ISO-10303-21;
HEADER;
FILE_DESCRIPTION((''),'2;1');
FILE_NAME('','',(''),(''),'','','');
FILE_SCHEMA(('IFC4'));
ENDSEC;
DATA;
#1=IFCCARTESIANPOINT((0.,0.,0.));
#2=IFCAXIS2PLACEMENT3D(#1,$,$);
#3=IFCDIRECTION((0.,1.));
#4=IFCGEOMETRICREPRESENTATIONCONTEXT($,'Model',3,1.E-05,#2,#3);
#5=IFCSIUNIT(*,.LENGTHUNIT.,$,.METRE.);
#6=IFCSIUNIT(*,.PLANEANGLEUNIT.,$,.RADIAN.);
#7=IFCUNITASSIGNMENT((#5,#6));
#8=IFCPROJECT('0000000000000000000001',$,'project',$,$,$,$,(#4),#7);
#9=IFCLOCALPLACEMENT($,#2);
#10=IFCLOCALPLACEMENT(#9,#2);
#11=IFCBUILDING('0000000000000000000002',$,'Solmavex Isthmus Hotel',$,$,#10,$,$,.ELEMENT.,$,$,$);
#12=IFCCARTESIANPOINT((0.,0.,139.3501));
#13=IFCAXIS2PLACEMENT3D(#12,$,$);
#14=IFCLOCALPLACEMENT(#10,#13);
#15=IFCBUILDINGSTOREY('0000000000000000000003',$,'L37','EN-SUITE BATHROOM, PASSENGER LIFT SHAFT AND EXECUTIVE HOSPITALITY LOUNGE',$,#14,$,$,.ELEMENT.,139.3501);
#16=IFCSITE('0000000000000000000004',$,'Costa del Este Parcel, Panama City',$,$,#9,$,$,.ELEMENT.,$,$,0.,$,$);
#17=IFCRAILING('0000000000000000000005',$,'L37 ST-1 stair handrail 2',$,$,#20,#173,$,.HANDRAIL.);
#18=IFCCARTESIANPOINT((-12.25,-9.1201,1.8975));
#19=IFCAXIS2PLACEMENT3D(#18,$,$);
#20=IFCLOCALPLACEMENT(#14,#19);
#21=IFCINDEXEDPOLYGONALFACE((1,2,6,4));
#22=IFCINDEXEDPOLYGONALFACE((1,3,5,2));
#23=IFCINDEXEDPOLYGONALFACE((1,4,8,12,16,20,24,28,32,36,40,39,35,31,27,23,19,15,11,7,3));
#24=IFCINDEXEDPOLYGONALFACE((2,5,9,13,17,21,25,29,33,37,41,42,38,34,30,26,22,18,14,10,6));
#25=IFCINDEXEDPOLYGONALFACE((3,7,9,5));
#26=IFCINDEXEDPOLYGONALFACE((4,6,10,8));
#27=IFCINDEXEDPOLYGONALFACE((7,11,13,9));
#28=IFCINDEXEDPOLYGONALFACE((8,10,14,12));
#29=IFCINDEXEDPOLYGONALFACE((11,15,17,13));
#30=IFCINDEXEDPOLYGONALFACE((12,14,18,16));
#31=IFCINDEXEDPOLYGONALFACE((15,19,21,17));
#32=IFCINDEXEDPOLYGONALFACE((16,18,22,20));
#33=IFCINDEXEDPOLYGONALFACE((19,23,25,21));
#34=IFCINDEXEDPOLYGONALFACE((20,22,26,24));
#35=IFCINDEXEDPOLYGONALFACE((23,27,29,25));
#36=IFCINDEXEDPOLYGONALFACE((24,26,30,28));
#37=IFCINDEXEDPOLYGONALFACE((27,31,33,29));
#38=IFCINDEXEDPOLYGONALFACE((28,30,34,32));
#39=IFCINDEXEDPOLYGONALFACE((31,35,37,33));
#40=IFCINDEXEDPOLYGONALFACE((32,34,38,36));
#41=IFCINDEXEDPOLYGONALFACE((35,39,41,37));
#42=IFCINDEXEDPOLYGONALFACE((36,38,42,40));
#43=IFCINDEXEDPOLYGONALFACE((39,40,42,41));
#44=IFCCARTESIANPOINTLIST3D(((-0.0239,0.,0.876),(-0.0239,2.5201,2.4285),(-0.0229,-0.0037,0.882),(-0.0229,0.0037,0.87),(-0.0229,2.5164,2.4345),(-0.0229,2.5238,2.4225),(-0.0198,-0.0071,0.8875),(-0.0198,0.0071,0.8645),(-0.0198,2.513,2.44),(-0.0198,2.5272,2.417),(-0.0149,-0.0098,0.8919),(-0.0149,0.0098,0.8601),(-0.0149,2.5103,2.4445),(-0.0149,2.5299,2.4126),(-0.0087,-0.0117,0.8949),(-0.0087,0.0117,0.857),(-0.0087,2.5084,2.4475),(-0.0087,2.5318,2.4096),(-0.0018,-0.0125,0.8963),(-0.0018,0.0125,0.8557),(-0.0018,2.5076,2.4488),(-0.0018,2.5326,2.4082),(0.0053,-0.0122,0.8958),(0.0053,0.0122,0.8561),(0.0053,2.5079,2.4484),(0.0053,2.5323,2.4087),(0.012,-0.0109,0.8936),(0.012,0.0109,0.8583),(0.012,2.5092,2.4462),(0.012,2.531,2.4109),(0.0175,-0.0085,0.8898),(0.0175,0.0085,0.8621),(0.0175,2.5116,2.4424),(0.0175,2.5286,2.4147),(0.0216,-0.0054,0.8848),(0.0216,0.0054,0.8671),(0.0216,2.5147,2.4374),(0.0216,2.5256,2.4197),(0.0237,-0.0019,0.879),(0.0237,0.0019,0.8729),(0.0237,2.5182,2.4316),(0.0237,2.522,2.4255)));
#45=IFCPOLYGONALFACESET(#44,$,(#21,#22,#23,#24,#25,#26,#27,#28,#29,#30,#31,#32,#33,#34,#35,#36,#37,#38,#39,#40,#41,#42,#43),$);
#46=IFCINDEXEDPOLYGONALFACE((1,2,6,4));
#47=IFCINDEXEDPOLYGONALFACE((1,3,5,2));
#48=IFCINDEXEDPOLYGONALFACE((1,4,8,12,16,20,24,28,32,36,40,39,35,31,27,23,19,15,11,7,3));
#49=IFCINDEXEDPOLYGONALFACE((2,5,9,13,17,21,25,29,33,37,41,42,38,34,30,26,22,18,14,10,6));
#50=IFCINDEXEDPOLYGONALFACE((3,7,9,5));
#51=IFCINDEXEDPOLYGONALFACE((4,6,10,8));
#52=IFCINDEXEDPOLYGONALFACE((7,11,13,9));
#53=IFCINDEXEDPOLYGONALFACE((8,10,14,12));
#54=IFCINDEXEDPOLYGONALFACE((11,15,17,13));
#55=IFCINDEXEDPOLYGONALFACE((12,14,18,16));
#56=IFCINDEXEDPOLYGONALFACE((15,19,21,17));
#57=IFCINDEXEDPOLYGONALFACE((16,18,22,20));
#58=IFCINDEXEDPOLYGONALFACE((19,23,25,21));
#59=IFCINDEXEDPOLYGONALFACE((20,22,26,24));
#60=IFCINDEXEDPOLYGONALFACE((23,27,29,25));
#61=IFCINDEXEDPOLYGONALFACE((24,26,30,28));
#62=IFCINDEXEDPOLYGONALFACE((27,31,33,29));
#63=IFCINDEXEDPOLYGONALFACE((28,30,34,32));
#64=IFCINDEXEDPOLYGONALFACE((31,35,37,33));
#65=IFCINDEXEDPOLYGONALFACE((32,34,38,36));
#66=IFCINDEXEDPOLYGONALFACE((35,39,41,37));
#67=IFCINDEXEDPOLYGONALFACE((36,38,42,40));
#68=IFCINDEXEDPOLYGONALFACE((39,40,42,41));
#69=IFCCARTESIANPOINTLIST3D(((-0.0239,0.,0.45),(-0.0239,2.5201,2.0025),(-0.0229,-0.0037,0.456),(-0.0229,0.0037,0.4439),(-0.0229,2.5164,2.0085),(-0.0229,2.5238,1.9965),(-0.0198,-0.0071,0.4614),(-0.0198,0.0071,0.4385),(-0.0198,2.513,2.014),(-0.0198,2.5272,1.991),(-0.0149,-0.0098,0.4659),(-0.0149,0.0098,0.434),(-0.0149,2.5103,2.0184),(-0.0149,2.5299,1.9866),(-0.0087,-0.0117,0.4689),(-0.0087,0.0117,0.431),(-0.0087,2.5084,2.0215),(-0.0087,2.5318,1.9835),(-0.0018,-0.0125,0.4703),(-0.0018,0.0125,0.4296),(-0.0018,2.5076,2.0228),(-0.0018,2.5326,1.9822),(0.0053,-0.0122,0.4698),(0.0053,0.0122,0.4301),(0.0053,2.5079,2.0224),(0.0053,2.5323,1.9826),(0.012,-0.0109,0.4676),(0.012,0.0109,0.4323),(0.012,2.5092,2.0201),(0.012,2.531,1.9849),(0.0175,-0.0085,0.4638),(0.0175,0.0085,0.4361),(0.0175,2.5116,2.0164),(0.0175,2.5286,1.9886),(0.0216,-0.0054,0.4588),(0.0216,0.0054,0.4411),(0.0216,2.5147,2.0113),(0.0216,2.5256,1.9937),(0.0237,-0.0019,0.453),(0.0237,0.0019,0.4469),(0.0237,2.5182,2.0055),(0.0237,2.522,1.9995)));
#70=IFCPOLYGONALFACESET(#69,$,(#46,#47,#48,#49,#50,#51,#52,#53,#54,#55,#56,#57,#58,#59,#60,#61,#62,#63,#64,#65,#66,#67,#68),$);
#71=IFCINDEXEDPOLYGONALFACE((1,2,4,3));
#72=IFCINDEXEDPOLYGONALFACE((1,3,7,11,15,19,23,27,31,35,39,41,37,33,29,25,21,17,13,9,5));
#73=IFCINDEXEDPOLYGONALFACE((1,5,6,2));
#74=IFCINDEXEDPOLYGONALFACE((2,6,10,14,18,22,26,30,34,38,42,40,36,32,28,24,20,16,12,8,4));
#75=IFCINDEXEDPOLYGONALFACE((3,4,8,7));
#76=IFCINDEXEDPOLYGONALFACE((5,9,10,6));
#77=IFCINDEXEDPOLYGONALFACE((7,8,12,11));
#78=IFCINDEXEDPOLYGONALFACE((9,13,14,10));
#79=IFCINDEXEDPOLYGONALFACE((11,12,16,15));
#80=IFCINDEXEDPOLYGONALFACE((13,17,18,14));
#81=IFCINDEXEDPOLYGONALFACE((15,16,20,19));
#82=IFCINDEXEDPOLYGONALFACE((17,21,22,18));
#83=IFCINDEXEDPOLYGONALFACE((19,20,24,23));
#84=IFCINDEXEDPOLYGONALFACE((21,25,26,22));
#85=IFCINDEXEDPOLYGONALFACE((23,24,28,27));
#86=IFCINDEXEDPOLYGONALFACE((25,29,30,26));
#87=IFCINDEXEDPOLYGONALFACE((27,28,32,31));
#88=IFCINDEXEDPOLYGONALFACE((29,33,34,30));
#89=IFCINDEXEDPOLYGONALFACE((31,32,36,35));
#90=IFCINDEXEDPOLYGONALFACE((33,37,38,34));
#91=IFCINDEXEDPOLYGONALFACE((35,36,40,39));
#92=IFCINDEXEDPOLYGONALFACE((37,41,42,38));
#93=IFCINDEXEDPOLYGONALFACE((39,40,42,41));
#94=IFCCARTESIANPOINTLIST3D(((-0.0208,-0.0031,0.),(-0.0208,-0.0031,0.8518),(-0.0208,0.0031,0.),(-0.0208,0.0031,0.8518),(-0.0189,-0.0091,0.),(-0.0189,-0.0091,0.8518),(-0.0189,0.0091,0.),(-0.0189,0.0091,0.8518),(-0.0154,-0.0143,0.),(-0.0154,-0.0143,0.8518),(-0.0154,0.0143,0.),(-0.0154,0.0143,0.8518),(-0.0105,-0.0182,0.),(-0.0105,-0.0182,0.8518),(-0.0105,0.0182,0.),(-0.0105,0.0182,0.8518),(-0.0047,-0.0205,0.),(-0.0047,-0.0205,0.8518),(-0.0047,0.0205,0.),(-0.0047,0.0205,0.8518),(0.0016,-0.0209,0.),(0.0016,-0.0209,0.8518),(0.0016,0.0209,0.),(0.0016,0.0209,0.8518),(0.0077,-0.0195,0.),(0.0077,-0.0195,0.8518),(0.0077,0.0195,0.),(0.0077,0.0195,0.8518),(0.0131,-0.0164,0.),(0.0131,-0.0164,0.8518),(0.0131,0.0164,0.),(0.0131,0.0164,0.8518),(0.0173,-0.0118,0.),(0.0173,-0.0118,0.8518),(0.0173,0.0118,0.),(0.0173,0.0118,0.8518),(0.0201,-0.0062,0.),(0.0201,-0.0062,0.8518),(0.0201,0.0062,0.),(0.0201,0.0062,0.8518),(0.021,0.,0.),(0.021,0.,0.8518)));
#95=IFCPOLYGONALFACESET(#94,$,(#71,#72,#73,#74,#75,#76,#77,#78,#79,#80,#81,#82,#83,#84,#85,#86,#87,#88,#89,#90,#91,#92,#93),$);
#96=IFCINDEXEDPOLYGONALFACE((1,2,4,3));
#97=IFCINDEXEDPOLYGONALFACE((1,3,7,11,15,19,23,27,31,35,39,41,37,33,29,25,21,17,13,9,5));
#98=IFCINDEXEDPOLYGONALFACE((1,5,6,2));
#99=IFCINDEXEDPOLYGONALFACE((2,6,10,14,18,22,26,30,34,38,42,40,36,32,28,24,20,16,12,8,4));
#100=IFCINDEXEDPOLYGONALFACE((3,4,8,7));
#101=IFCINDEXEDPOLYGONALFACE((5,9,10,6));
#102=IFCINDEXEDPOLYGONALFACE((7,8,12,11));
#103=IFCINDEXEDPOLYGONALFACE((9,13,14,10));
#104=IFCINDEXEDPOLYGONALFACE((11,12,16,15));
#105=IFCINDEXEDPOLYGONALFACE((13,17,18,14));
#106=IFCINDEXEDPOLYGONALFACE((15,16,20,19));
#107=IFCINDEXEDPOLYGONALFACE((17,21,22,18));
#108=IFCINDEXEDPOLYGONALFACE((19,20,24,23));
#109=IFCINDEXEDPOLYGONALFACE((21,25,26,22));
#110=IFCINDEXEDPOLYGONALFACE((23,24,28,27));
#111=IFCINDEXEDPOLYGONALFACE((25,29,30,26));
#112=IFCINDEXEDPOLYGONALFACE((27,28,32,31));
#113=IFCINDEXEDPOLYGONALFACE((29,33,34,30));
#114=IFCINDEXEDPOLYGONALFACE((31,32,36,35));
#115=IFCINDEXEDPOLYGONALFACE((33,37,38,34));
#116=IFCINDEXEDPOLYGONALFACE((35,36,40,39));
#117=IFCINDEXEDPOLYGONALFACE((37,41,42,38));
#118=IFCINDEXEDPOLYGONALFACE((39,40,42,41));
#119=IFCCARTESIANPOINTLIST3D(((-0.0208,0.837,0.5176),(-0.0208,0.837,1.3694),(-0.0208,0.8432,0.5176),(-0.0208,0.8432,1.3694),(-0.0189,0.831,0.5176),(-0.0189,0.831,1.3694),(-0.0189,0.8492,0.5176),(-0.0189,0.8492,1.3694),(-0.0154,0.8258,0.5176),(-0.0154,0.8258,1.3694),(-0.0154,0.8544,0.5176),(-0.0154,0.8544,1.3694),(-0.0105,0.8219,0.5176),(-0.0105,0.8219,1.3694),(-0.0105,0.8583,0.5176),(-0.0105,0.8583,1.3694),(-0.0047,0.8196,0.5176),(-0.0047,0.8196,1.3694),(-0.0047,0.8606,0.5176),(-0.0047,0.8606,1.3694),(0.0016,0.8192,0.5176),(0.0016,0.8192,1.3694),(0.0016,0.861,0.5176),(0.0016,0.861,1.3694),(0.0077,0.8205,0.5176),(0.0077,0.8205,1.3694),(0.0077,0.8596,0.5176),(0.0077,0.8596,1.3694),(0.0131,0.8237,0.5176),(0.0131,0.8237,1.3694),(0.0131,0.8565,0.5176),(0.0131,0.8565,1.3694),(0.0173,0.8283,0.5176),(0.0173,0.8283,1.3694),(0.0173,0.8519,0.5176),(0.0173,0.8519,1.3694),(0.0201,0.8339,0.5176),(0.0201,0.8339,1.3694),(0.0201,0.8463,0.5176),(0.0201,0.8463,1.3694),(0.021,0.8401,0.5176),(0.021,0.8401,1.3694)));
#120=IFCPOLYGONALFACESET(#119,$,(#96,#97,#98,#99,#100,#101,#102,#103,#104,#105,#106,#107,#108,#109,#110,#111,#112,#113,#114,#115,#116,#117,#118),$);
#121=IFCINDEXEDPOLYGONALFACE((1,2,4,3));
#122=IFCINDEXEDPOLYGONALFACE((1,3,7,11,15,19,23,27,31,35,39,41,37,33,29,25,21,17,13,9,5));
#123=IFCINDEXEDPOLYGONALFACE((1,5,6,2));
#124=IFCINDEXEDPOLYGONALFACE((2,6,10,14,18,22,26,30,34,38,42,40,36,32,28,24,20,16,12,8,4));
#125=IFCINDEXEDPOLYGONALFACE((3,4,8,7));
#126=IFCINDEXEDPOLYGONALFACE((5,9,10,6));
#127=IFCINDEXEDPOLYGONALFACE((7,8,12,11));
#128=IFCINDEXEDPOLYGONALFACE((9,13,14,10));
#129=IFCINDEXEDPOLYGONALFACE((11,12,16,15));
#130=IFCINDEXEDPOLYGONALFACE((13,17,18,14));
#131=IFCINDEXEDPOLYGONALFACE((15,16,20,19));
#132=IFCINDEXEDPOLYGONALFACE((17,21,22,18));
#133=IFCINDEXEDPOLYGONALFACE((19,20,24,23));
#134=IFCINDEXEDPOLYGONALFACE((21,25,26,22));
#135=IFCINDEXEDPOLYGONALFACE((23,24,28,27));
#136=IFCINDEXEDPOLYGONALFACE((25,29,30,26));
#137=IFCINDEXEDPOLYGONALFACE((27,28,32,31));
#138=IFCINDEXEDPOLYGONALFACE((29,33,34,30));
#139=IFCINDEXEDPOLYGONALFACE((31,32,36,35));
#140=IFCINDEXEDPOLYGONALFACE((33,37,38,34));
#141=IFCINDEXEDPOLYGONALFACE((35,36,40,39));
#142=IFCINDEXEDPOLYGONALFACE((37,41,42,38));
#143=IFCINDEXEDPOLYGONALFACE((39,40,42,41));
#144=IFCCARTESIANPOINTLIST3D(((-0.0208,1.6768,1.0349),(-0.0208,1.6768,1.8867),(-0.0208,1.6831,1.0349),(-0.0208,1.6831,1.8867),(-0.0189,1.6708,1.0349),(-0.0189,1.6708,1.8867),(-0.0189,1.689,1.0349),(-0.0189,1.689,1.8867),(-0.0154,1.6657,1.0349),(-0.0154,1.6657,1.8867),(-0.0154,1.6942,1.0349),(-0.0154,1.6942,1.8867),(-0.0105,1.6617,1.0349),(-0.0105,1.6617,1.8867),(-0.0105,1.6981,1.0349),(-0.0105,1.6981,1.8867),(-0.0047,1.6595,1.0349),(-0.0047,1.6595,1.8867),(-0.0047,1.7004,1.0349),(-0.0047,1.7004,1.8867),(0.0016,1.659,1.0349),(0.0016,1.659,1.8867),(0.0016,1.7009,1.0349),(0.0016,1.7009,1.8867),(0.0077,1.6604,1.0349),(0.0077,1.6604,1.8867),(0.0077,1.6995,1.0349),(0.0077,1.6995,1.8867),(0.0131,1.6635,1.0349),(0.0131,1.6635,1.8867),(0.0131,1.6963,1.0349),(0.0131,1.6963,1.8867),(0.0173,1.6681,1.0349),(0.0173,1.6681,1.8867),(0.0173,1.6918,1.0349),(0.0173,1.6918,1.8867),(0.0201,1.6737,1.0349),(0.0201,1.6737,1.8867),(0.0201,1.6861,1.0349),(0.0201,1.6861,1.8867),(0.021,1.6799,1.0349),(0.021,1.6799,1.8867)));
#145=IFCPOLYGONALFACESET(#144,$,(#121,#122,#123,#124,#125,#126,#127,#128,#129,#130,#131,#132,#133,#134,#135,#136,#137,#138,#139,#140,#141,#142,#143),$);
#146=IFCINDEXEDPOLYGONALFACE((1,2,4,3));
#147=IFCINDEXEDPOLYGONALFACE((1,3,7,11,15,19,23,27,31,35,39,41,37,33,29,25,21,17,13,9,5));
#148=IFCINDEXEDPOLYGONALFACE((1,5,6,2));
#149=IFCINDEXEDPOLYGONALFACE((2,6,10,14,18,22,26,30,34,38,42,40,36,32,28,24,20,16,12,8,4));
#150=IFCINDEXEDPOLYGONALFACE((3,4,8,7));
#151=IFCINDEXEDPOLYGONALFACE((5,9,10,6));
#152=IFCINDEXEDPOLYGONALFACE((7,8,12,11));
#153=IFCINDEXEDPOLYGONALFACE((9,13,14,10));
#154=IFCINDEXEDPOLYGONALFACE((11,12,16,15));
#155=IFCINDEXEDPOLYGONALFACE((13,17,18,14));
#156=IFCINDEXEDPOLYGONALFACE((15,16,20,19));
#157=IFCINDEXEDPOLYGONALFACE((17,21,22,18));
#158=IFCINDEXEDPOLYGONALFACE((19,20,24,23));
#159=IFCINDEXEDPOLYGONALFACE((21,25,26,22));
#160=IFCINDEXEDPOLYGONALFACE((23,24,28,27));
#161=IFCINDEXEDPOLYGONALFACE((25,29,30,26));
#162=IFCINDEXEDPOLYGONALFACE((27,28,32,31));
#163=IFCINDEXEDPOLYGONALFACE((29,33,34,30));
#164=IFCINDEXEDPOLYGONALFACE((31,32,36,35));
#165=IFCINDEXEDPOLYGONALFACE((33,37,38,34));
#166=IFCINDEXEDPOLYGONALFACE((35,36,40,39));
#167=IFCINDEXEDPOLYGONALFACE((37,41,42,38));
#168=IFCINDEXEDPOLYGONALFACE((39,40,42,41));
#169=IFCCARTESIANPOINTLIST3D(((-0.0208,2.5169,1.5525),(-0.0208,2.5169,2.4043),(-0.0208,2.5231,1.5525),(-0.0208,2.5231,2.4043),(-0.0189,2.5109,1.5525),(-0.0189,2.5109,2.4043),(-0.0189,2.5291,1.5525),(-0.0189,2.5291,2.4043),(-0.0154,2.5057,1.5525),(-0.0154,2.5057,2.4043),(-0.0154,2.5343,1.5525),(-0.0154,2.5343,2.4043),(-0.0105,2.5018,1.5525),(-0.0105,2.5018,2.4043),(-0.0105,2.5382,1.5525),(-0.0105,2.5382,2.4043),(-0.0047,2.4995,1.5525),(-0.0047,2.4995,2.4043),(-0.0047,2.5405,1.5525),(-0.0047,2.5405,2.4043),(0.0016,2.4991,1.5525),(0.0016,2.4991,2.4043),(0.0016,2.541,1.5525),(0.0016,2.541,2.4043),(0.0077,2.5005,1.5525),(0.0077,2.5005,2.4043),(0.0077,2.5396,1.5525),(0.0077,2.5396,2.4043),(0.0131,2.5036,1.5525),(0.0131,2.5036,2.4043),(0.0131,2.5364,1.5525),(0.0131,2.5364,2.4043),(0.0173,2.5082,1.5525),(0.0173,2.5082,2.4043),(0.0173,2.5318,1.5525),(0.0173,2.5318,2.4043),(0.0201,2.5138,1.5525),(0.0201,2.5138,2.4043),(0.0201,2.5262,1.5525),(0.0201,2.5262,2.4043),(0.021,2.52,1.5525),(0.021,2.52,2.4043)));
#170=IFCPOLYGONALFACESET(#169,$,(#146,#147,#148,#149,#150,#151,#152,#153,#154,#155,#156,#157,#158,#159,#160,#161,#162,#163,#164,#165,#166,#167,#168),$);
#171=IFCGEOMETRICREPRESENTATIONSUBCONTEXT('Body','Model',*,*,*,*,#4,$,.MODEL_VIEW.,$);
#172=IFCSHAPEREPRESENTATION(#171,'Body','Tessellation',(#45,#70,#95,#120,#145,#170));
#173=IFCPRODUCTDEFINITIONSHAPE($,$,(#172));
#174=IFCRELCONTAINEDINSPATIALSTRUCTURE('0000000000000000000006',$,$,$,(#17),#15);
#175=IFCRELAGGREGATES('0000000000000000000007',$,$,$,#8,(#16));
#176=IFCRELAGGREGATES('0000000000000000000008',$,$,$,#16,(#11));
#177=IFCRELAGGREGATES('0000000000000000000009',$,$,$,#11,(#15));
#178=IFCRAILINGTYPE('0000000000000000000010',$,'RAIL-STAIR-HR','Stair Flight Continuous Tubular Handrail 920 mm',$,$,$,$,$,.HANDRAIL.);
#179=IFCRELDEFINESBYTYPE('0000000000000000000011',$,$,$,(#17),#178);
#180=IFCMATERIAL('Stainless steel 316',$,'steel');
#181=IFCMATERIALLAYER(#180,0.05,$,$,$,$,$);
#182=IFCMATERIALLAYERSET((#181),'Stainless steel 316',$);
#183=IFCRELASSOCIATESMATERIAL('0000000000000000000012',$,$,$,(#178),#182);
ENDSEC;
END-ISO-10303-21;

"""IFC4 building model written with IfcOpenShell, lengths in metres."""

from ifc_helpers import new_model, si_unit, direction, frame, origin, origin_2d, place, context, subcontext, project, spatial, circle, extrude, material, layer, layer_set, type_object, element, save


model = new_model("IFC4")

# Units and contexts
model_context = context("Model", 3, precision=1e-05, world=origin(), true_north=direction((0.0, 1.0)))
body_context = subcontext(model_context, "Body", "Model", "MODEL_VIEW")
ifc_project = project(units=[si_unit("LENGTHUNIT", "METRE"), si_unit("PLANEANGLEUNIT", "RADIAN")], contexts=[model_context])

# Site, building, storey
site_placement = place(None, origin())
site = spatial("IfcSite", under=ifc_project, at=site_placement, Name="Costa del Este Parcel, Panama City", CompositionType="ELEMENT", RefElevation=0.0)
building_placement = place(site_placement, origin())
building = spatial("IfcBuilding", under=site, at=building_placement, Name="Solmavex Isthmus Hotel", CompositionType="ELEMENT")
storey_placement = place(building_placement, frame((0.0, 0.0, 139.3501)))
storey = spatial("IfcBuildingStorey", under=building, at=storey_placement, Name="L37", Description="EN-SUITE BATHROOM, PASSENGER LIFT SHAFT AND EXECUTIVE HOSPITALITY LOUNGE", CompositionType="ELEMENT", Elevation=139.3501)

# Railing
ifc_material_1 = material(Name="Stainless steel 316", Category="steel")
ifc_layer_1 = layer(ifc_material_1, 0.05)
ifc_layer_set_1 = layer_set([ifc_layer_1], Name="Stainless steel 316")
railing_type_1 = type_object("IfcRailingType", Name="RAIL-STAIR-HR", Description="Stair Flight Continuous Tubular Handrail 920 mm", PredefinedType="HANDRAIL", material=ifc_layer_set_1)
railing_1_placement = place(storey_placement, frame((-12.25, -9.1201, 1.8975)))
element("IfcRailing", 1, at=railing_1_placement, inside=storey, type_object=railing_type_1, Name="L37 ST-1 stair handrail 2", PredefinedType="HANDRAIL", context=body_context, shape_type="SweptSolid", body=[
    extrude(circle(Radius=0.0239, at=origin_2d()), frame((0.0, 0.0, 0.876), z_axis=(0.0, 0.8514, 0.524516), x_axis=(-1.0, 0.0, 0.0)), (0.0, 0.0, 1.0), 2.96),
    extrude(circle(Radius=0.0239, at=origin_2d()), frame((0.0, 0.0, 0.45), z_axis=(0.0, 0.8514, 0.524516), x_axis=(-1.0, 0.0, 0.0)), (0.0, 0.0, 1.0), 2.96),
    extrude(circle(Radius=0.021, at=origin_2d()), origin(), (0.0, 0.0, 1.0), 0.8518),
    extrude(circle(Radius=0.021, at=origin_2d()), frame((0.0, 0.8401, 0.5176)), (0.0, 0.0, 1.0), 0.8518),
    extrude(circle(Radius=0.021, at=origin_2d()), frame((0.0, 1.6799, 1.0349)), (0.0, 0.0, 1.0), 0.8518),
    extrude(circle(Radius=0.021, at=origin_2d()), frame((0.0, 2.52, 1.5525)), (0.0, 0.0, 1.0), 0.8518),
])

save(model, "model.ifc")
